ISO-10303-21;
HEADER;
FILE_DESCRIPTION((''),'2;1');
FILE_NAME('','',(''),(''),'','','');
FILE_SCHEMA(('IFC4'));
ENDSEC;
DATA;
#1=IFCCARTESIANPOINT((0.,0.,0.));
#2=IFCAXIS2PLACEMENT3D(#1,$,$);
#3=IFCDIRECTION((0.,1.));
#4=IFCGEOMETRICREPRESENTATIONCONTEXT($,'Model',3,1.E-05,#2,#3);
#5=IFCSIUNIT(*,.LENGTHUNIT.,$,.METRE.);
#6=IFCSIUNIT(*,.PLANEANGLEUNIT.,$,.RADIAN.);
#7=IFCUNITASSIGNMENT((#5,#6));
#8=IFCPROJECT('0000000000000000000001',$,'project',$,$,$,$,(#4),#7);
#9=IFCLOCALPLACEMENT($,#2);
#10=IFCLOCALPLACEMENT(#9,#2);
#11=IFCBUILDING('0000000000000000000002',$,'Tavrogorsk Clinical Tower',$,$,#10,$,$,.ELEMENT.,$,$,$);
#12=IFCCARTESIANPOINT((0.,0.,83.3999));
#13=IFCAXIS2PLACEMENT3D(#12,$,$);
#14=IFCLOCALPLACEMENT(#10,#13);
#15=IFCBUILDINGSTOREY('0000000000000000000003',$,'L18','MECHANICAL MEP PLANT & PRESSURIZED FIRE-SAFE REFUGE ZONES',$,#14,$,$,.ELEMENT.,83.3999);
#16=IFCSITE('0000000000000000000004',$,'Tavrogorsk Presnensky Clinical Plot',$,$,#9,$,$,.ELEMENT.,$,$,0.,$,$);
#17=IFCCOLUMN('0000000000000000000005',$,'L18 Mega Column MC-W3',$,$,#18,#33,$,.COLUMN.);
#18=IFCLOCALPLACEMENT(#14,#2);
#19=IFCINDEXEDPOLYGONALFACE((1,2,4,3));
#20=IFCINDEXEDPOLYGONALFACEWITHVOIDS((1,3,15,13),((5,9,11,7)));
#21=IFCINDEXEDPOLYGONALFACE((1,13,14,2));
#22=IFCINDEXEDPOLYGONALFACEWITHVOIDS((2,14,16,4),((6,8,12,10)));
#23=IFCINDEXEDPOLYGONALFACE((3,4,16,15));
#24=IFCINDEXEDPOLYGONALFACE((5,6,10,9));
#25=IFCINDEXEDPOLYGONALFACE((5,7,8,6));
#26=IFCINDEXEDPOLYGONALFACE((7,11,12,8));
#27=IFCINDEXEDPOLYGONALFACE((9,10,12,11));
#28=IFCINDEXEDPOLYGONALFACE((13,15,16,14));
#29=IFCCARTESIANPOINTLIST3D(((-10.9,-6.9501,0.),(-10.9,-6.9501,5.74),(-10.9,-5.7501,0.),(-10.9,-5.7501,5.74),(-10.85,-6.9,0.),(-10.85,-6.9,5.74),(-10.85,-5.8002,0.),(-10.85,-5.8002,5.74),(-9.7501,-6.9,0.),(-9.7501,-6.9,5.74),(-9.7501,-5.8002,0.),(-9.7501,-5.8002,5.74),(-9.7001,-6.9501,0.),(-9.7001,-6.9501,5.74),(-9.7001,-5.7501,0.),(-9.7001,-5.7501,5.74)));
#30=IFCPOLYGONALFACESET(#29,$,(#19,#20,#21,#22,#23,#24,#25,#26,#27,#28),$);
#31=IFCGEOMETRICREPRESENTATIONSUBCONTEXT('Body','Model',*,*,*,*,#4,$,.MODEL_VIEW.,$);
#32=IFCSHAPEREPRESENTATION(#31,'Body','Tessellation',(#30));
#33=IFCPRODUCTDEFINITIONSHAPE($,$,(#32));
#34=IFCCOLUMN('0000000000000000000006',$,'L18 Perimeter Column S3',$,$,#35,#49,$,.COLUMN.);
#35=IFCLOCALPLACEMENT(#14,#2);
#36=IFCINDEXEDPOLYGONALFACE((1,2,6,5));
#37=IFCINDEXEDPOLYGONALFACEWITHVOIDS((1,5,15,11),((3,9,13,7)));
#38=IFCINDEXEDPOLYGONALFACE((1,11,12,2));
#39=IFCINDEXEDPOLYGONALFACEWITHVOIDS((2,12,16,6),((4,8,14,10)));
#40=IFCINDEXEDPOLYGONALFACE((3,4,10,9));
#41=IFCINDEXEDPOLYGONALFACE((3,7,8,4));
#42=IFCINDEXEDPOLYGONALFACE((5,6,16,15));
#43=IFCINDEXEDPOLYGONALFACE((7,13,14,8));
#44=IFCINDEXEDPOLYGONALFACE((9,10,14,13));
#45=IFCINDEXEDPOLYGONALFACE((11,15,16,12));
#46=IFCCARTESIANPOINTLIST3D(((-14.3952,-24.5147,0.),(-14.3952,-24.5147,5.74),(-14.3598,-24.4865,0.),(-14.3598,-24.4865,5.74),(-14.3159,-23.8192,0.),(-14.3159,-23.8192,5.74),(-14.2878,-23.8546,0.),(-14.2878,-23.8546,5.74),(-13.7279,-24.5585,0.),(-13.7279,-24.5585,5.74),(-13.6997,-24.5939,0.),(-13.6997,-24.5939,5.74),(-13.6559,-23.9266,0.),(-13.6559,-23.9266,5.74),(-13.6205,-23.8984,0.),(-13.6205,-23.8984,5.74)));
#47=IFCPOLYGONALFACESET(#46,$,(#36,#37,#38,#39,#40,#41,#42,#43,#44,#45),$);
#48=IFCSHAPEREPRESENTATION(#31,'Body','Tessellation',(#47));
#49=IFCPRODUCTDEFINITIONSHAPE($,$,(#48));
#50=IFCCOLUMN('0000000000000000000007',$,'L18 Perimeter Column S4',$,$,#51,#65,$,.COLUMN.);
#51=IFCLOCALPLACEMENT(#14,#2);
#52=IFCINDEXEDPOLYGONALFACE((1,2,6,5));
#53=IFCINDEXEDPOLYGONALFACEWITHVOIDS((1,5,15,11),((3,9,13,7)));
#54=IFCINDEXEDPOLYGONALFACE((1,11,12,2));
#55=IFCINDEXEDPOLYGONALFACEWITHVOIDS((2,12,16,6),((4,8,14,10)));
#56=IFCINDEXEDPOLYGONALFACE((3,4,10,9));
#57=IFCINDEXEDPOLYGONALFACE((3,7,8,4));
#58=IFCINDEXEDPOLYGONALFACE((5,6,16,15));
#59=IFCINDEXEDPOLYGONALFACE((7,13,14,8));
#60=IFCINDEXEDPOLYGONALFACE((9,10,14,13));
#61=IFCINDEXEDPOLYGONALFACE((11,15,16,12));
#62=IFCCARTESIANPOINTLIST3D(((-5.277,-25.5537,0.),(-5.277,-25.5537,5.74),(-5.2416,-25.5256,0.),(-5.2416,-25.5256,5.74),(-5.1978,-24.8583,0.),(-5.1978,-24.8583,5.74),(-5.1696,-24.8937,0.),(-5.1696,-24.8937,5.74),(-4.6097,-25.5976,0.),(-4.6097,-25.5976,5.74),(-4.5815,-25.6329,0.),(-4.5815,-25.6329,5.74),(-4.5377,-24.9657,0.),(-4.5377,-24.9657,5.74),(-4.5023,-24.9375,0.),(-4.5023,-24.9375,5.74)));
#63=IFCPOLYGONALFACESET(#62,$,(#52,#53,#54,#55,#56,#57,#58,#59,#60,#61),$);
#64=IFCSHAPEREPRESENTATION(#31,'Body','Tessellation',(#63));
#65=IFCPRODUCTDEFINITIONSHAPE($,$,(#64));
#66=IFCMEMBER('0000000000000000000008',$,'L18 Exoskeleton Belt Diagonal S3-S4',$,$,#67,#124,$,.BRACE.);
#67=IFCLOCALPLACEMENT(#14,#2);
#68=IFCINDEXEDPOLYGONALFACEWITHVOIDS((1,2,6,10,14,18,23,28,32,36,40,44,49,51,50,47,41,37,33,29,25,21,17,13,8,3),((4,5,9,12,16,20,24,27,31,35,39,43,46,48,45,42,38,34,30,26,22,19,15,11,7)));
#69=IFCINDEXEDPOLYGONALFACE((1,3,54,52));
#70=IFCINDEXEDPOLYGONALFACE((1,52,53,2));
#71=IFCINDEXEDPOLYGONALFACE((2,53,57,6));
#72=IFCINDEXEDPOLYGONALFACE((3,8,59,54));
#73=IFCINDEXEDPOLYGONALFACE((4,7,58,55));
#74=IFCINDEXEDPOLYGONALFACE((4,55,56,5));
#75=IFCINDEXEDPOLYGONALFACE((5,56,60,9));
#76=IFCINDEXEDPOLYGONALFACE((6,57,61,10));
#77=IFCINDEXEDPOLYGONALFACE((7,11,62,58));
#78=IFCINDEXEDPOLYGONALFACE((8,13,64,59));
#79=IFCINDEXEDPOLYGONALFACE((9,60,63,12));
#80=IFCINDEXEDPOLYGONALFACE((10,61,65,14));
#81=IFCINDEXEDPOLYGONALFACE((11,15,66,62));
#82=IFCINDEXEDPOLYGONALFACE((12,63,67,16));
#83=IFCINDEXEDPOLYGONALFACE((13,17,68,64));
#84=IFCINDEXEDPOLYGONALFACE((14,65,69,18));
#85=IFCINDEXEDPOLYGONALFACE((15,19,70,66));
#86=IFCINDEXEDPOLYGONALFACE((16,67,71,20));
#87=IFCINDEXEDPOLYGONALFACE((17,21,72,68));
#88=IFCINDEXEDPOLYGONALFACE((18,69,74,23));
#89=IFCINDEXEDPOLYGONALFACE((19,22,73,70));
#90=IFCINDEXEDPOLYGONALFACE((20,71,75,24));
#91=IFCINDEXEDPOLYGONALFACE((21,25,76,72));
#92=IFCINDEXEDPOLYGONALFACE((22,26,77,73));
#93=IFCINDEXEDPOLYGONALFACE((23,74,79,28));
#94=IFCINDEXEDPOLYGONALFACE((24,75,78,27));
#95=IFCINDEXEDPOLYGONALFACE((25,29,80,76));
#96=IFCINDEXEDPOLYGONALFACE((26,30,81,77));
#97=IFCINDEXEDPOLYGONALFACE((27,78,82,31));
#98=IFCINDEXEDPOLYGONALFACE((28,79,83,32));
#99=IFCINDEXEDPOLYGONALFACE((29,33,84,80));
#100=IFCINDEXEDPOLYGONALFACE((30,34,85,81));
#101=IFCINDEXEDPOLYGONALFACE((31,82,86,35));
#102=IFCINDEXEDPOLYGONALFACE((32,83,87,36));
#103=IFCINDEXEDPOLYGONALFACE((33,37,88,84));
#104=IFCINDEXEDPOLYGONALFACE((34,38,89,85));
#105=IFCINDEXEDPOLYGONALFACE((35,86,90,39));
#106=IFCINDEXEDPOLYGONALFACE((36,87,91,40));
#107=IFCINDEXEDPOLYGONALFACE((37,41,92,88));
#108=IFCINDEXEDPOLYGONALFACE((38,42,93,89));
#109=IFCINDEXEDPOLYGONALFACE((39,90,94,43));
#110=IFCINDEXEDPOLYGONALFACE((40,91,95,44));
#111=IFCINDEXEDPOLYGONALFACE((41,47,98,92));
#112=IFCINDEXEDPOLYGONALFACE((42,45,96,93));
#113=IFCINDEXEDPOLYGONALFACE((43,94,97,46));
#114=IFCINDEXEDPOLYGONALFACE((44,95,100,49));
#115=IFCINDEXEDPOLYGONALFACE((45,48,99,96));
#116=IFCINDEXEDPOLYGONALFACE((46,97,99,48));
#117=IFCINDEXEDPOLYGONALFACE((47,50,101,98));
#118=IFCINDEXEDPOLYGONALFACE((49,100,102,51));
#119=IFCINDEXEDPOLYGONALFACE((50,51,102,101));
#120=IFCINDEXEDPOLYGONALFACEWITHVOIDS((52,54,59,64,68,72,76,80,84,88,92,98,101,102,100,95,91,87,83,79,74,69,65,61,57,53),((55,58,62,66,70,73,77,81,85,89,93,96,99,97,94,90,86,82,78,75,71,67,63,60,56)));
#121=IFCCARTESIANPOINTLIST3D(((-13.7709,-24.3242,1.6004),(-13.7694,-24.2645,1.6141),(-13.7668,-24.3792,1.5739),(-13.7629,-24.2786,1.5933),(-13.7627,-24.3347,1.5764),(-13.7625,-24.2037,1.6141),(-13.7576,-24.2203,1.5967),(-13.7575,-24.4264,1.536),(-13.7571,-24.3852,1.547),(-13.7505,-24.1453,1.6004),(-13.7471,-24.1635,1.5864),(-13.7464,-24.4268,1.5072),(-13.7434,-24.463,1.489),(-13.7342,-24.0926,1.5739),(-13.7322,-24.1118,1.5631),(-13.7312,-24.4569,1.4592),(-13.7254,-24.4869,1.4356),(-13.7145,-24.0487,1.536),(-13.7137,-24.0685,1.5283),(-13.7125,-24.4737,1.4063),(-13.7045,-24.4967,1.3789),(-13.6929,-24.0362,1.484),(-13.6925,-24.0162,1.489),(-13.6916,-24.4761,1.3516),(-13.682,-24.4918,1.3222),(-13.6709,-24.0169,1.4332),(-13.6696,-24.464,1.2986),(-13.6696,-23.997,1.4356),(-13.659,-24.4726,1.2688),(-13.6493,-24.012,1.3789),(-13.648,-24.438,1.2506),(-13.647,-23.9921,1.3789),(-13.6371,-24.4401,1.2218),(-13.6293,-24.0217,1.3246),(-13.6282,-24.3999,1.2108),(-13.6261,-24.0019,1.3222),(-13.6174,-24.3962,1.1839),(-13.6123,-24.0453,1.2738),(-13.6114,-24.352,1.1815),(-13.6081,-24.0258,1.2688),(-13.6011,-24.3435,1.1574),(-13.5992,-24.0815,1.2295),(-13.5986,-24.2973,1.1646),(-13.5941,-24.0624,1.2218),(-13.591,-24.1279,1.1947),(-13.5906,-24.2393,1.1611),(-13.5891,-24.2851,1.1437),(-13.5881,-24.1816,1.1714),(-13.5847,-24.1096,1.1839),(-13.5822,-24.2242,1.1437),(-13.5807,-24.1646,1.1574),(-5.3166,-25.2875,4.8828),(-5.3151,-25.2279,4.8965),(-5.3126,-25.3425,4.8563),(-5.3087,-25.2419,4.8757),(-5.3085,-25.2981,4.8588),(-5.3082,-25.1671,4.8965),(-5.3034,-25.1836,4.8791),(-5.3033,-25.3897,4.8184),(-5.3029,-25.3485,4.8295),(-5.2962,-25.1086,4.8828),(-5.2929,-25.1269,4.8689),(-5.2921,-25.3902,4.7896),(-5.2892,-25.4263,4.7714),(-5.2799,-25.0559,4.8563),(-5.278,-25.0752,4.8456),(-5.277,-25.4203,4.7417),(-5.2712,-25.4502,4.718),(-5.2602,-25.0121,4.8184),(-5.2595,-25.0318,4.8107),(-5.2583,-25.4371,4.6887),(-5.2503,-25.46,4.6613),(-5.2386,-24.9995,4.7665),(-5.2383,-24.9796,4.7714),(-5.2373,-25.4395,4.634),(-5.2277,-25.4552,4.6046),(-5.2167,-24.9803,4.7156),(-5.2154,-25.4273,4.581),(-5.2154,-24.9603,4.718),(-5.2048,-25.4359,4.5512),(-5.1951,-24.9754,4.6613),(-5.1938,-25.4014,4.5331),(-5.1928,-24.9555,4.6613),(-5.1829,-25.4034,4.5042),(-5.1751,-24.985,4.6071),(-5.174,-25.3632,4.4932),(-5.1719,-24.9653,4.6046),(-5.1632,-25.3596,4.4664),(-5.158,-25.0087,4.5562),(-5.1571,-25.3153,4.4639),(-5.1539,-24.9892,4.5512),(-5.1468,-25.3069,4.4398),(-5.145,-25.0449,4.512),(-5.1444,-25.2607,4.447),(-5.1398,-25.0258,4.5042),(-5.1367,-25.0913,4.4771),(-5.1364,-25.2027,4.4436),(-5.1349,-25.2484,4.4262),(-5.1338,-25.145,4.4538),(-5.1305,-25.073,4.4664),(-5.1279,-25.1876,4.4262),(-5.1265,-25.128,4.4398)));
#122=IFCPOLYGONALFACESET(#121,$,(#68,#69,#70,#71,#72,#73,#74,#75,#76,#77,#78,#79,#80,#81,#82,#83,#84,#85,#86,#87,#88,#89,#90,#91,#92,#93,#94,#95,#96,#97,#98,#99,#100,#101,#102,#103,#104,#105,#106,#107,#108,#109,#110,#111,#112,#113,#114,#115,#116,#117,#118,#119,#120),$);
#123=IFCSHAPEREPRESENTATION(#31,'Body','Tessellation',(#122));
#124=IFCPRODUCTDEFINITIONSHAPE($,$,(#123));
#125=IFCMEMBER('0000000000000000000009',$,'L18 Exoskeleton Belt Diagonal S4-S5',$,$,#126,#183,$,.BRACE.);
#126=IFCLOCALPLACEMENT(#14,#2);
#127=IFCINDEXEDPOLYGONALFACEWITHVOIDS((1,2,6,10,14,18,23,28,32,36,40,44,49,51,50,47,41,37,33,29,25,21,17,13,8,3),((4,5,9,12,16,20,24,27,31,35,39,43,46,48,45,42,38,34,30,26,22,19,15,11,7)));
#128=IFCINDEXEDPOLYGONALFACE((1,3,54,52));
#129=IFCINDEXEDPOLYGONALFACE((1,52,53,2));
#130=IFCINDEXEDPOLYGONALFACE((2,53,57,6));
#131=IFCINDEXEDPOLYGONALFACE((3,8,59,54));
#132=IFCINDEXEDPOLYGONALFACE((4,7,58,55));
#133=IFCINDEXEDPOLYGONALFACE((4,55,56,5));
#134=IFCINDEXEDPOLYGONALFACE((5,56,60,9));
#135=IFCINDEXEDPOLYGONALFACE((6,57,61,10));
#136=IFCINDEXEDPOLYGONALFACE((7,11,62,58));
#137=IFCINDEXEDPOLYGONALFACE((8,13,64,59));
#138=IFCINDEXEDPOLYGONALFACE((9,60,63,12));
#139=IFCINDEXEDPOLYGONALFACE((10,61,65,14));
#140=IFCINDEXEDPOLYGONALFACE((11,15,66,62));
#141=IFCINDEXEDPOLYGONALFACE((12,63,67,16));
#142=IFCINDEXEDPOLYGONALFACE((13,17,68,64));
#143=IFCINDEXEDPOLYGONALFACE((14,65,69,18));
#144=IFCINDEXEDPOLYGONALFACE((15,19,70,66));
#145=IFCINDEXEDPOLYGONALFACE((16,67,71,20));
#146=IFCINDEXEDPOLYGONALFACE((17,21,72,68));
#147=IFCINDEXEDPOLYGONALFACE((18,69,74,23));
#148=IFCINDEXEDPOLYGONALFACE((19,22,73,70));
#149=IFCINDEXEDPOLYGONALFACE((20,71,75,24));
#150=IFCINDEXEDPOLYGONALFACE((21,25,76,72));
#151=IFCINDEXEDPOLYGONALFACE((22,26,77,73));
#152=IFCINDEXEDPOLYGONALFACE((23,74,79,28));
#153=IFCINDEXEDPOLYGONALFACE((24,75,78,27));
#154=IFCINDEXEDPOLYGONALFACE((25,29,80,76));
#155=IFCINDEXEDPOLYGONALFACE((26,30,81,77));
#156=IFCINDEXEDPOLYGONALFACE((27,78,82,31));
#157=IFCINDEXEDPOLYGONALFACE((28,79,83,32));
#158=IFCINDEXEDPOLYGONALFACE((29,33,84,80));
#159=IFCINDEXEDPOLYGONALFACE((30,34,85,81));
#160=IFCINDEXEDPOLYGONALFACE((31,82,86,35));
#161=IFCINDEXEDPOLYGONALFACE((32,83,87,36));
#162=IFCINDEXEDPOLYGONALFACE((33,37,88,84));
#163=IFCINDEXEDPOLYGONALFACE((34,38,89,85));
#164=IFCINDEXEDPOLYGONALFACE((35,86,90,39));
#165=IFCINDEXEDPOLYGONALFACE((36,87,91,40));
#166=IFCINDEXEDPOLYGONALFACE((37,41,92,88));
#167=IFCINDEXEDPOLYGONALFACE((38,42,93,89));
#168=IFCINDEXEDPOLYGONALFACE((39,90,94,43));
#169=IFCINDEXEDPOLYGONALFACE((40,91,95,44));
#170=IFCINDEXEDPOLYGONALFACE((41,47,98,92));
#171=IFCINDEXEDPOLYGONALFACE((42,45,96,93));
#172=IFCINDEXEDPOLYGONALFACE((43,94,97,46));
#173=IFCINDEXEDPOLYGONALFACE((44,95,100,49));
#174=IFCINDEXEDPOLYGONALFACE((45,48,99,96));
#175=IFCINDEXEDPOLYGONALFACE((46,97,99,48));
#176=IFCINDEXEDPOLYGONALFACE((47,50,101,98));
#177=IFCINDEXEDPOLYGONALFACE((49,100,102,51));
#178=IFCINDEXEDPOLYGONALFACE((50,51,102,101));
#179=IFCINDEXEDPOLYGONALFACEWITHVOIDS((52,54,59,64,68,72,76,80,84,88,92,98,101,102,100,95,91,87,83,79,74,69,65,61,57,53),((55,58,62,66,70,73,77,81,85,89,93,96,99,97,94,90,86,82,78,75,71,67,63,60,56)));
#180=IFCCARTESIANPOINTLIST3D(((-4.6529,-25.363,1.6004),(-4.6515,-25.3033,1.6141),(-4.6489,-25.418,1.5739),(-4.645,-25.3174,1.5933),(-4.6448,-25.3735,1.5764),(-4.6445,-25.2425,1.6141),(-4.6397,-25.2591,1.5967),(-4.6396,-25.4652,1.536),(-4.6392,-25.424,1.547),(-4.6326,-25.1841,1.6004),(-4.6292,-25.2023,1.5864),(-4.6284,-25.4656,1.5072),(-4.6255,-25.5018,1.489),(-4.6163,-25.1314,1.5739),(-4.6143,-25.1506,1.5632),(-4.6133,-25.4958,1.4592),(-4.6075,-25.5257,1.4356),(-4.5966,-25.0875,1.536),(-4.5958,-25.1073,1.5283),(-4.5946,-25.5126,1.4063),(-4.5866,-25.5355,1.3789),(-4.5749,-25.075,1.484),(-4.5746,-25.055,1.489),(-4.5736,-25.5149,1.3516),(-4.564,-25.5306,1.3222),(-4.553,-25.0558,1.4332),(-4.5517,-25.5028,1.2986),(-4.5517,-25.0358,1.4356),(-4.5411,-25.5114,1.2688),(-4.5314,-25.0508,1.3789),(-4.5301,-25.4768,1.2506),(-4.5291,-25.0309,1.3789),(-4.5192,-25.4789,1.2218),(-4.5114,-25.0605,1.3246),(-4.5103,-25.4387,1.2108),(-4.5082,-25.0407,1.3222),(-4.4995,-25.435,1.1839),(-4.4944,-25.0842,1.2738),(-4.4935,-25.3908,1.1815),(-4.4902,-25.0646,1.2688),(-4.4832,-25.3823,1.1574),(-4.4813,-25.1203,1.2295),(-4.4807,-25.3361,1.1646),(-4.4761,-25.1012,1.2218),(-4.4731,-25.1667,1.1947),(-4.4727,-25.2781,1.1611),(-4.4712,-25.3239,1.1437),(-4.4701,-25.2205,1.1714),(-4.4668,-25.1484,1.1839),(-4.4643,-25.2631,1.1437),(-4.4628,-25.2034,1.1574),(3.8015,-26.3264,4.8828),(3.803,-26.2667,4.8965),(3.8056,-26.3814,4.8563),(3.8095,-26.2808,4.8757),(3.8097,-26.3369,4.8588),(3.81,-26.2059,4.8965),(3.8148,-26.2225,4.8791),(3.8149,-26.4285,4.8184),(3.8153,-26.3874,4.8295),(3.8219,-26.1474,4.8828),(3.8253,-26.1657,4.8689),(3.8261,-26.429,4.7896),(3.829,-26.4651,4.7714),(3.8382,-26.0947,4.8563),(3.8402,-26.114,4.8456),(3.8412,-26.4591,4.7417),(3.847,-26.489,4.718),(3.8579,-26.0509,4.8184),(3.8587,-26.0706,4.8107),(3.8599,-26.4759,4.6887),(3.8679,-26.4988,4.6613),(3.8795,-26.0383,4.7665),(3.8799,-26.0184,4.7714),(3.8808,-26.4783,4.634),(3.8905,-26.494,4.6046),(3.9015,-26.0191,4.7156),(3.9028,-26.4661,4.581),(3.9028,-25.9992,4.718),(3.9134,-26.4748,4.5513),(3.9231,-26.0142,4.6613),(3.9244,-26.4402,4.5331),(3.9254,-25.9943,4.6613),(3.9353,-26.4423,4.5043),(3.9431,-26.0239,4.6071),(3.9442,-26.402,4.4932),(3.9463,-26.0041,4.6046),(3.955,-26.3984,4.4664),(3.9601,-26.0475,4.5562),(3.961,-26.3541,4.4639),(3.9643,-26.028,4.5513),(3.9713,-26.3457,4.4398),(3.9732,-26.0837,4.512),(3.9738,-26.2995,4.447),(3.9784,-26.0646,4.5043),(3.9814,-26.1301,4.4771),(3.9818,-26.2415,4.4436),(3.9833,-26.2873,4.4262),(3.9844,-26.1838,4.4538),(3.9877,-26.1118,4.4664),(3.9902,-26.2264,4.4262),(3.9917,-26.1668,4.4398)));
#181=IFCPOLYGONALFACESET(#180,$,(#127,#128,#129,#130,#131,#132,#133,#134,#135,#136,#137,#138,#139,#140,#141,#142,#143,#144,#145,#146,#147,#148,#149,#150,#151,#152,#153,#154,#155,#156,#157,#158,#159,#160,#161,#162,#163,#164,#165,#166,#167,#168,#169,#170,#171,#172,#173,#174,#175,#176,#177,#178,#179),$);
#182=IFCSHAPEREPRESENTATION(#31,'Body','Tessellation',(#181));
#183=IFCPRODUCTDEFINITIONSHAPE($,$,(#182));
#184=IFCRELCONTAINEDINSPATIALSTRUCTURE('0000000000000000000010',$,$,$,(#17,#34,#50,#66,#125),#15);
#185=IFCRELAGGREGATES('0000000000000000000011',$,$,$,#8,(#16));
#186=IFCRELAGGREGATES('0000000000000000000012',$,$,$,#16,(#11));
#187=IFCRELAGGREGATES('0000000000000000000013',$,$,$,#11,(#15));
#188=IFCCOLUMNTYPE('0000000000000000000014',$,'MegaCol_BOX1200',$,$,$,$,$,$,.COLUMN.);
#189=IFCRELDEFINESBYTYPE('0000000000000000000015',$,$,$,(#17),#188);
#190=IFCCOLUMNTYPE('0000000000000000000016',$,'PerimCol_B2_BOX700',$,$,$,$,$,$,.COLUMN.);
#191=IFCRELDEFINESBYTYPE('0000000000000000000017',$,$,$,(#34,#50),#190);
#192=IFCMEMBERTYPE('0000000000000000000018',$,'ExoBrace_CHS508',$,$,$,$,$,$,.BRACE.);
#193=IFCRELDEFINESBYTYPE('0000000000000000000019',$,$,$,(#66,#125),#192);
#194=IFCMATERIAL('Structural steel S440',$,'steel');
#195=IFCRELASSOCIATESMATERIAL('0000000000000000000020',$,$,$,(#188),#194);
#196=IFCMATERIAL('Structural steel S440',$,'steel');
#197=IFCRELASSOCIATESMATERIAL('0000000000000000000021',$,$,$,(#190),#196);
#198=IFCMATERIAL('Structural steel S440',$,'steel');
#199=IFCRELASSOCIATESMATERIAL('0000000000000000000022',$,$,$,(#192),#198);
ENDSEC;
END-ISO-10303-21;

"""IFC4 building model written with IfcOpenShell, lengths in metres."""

from ifc_helpers import new_model, si_unit, direction, frame, origin, origin_2d, place, context, subcontext, project, spatial, hollow_rectangle, hollow_circle, extrude, material, material_profile, profile_set, type_object, element, save


model = new_model("IFC4")

# Units and contexts
model_context = context("Model", 3, precision=1e-05, world=origin(), true_north=direction((0.0, 1.0)))
body_context = subcontext(model_context, "Body", "Model", "MODEL_VIEW")
ifc_project = project(units=[si_unit("LENGTHUNIT", "METRE"), si_unit("PLANEANGLEUNIT", "RADIAN")], contexts=[model_context])

# Site, building, storey
site_placement = place(None, origin())
site = spatial("IfcSite", under=ifc_project, at=site_placement, Name="Tavrogorsk Presnensky Clinical Plot", CompositionType="ELEMENT", RefElevation=0.0)
building_placement = place(site_placement, origin())
building = spatial("IfcBuilding", under=site, at=building_placement, Name="Tavrogorsk Clinical Tower", CompositionType="ELEMENT")
storey_placement = place(building_placement, frame((0.0, 0.0, 83.3999)))
storey = spatial("IfcBuildingStorey", under=building, at=storey_placement, Name="L18", Description="MECHANICAL MEP PLANT & PRESSURIZED FIRE-SAFE REFUGE ZONES", CompositionType="ELEMENT", Elevation=83.3999)

# Columns
ifc_material_1 = material(Name="Structural steel S440", Category="steel")
ifc_material_profile_1 = material_profile(ifc_material_1, hollow_rectangle(XDim=1.2, YDim=1.2, WallThickness=0.05, at=origin_2d()), Name="BOX-1200x1200x50")
ifc_profile_set_1 = profile_set([ifc_material_profile_1], Name="Structural steel S440")
column_type_1 = type_object("IfcColumnType", Name="MegaCol_BOX1200", PredefinedType="COLUMN", material=ifc_profile_set_1)
column_placement = place(storey_placement, frame((-10.3, -6.3501, 0.0), z_axis=(0.0, 0.0, 1.0), x_axis=(1.0, 0.0, 0.0)))
element("IfcColumn", 1, at=column_placement, inside=storey, type_object=column_type_1, Name="L18 Mega Column MC-W3", PredefinedType="COLUMN", context=body_context, shape_type="SweptSolid", body=[
    extrude(hollow_rectangle(XDim=1.2, YDim=1.2, WallThickness=0.05, at=origin_2d()), origin(), (0.0, 0.0, 1.0), 5.74),
])
ifc_material_2 = material(Name="Structural steel S440", Category="steel")
ifc_material_profile_2 = material_profile(ifc_material_2, hollow_rectangle(XDim=0.7, YDim=0.7, WallThickness=0.032, at=origin_2d()), Name="BOX-700x700x32")
ifc_profile_set_2 = profile_set([ifc_material_profile_2], Name="Structural steel S440")
column_type_2 = type_object("IfcColumnType", Name="PerimCol_B2_BOX700", PredefinedType="COLUMN", material=ifc_profile_set_2)
for number, where, z_axis, x_axis, name in (
    (2, (-14.0078, -24.2065, 0.0), (0.0, 0.0, 1.0), (0.993572, -0.113203, 0.0), "L18 Perimeter Column S3"),
    (3, (-4.8896, -25.2456, 0.0), (0.0, 0.0, 1.0), (0.993572, -0.113203, 0.0), "L18 Perimeter Column S4"),
):
    element("IfcColumn", number, at=place(storey_placement, frame(where, z_axis=z_axis, x_axis=x_axis)), inside=storey, type_object=column_type_2, Name=name, PredefinedType="COLUMN", context=body_context, shape_type="SweptSolid", body=[
        extrude(hollow_rectangle(XDim=0.7, YDim=0.7, WallThickness=0.032, at=origin_2d()), origin(), (0.0, 0.0, 1.0), 5.74),
    ])

# Members
ifc_material_3 = material(Name="Structural steel S440", Category="steel")
ifc_material_profile_3 = material_profile(ifc_material_3, hollow_circle(Radius=0.2539, WallThickness=0.02, at=origin_2d()), Name="CHS-508x20")
ifc_profile_set_3 = profile_set([ifc_material_profile_3], Name="Structural steel S440")
member_type_1 = type_object("IfcMemberType", Name="ExoBrace_CHS508", PredefinedType="BRACE", material=ifc_profile_set_3)
member_1_placement = place(storey_placement, frame((-13.6758, -24.2444, 1.3789), z_axis=(0.926988, -0.105631, 0.359911), x_axis=(0.113218, 0.99357, 0.0)))
element("IfcMember", 4, at=member_1_placement, inside=storey, type_object=member_type_1, Name="L18 Exoskeleton Belt Diagonal S3-S4", PredefinedType="BRACE", context=body_context, shape_type="SweptSolid", body=[
    extrude(hollow_circle(Radius=0.2539, WallThickness=0.02, at=origin_2d()), origin(), (0.0, 0.0, 1.0), 9.1201),
])
member_2_placement = place(storey_placement, frame((-4.5579, -25.2832, 1.3789), z_axis=(0.926992, -0.105628, 0.359902), x_axis=(0.113215, 0.993571, 0.0)))
element("IfcMember", 5, at=member_2_placement, inside=storey, type_object=member_type_1, Name="L18 Exoskeleton Belt Diagonal S4-S5", PredefinedType="BRACE", context=body_context, shape_type="SweptSolid", body=[
    extrude(hollow_circle(Radius=0.2539, WallThickness=0.02, at=origin_2d()), origin(), (0.0, 0.0, 1.0), 9.1204),
])

save(model, "model.ifc")
